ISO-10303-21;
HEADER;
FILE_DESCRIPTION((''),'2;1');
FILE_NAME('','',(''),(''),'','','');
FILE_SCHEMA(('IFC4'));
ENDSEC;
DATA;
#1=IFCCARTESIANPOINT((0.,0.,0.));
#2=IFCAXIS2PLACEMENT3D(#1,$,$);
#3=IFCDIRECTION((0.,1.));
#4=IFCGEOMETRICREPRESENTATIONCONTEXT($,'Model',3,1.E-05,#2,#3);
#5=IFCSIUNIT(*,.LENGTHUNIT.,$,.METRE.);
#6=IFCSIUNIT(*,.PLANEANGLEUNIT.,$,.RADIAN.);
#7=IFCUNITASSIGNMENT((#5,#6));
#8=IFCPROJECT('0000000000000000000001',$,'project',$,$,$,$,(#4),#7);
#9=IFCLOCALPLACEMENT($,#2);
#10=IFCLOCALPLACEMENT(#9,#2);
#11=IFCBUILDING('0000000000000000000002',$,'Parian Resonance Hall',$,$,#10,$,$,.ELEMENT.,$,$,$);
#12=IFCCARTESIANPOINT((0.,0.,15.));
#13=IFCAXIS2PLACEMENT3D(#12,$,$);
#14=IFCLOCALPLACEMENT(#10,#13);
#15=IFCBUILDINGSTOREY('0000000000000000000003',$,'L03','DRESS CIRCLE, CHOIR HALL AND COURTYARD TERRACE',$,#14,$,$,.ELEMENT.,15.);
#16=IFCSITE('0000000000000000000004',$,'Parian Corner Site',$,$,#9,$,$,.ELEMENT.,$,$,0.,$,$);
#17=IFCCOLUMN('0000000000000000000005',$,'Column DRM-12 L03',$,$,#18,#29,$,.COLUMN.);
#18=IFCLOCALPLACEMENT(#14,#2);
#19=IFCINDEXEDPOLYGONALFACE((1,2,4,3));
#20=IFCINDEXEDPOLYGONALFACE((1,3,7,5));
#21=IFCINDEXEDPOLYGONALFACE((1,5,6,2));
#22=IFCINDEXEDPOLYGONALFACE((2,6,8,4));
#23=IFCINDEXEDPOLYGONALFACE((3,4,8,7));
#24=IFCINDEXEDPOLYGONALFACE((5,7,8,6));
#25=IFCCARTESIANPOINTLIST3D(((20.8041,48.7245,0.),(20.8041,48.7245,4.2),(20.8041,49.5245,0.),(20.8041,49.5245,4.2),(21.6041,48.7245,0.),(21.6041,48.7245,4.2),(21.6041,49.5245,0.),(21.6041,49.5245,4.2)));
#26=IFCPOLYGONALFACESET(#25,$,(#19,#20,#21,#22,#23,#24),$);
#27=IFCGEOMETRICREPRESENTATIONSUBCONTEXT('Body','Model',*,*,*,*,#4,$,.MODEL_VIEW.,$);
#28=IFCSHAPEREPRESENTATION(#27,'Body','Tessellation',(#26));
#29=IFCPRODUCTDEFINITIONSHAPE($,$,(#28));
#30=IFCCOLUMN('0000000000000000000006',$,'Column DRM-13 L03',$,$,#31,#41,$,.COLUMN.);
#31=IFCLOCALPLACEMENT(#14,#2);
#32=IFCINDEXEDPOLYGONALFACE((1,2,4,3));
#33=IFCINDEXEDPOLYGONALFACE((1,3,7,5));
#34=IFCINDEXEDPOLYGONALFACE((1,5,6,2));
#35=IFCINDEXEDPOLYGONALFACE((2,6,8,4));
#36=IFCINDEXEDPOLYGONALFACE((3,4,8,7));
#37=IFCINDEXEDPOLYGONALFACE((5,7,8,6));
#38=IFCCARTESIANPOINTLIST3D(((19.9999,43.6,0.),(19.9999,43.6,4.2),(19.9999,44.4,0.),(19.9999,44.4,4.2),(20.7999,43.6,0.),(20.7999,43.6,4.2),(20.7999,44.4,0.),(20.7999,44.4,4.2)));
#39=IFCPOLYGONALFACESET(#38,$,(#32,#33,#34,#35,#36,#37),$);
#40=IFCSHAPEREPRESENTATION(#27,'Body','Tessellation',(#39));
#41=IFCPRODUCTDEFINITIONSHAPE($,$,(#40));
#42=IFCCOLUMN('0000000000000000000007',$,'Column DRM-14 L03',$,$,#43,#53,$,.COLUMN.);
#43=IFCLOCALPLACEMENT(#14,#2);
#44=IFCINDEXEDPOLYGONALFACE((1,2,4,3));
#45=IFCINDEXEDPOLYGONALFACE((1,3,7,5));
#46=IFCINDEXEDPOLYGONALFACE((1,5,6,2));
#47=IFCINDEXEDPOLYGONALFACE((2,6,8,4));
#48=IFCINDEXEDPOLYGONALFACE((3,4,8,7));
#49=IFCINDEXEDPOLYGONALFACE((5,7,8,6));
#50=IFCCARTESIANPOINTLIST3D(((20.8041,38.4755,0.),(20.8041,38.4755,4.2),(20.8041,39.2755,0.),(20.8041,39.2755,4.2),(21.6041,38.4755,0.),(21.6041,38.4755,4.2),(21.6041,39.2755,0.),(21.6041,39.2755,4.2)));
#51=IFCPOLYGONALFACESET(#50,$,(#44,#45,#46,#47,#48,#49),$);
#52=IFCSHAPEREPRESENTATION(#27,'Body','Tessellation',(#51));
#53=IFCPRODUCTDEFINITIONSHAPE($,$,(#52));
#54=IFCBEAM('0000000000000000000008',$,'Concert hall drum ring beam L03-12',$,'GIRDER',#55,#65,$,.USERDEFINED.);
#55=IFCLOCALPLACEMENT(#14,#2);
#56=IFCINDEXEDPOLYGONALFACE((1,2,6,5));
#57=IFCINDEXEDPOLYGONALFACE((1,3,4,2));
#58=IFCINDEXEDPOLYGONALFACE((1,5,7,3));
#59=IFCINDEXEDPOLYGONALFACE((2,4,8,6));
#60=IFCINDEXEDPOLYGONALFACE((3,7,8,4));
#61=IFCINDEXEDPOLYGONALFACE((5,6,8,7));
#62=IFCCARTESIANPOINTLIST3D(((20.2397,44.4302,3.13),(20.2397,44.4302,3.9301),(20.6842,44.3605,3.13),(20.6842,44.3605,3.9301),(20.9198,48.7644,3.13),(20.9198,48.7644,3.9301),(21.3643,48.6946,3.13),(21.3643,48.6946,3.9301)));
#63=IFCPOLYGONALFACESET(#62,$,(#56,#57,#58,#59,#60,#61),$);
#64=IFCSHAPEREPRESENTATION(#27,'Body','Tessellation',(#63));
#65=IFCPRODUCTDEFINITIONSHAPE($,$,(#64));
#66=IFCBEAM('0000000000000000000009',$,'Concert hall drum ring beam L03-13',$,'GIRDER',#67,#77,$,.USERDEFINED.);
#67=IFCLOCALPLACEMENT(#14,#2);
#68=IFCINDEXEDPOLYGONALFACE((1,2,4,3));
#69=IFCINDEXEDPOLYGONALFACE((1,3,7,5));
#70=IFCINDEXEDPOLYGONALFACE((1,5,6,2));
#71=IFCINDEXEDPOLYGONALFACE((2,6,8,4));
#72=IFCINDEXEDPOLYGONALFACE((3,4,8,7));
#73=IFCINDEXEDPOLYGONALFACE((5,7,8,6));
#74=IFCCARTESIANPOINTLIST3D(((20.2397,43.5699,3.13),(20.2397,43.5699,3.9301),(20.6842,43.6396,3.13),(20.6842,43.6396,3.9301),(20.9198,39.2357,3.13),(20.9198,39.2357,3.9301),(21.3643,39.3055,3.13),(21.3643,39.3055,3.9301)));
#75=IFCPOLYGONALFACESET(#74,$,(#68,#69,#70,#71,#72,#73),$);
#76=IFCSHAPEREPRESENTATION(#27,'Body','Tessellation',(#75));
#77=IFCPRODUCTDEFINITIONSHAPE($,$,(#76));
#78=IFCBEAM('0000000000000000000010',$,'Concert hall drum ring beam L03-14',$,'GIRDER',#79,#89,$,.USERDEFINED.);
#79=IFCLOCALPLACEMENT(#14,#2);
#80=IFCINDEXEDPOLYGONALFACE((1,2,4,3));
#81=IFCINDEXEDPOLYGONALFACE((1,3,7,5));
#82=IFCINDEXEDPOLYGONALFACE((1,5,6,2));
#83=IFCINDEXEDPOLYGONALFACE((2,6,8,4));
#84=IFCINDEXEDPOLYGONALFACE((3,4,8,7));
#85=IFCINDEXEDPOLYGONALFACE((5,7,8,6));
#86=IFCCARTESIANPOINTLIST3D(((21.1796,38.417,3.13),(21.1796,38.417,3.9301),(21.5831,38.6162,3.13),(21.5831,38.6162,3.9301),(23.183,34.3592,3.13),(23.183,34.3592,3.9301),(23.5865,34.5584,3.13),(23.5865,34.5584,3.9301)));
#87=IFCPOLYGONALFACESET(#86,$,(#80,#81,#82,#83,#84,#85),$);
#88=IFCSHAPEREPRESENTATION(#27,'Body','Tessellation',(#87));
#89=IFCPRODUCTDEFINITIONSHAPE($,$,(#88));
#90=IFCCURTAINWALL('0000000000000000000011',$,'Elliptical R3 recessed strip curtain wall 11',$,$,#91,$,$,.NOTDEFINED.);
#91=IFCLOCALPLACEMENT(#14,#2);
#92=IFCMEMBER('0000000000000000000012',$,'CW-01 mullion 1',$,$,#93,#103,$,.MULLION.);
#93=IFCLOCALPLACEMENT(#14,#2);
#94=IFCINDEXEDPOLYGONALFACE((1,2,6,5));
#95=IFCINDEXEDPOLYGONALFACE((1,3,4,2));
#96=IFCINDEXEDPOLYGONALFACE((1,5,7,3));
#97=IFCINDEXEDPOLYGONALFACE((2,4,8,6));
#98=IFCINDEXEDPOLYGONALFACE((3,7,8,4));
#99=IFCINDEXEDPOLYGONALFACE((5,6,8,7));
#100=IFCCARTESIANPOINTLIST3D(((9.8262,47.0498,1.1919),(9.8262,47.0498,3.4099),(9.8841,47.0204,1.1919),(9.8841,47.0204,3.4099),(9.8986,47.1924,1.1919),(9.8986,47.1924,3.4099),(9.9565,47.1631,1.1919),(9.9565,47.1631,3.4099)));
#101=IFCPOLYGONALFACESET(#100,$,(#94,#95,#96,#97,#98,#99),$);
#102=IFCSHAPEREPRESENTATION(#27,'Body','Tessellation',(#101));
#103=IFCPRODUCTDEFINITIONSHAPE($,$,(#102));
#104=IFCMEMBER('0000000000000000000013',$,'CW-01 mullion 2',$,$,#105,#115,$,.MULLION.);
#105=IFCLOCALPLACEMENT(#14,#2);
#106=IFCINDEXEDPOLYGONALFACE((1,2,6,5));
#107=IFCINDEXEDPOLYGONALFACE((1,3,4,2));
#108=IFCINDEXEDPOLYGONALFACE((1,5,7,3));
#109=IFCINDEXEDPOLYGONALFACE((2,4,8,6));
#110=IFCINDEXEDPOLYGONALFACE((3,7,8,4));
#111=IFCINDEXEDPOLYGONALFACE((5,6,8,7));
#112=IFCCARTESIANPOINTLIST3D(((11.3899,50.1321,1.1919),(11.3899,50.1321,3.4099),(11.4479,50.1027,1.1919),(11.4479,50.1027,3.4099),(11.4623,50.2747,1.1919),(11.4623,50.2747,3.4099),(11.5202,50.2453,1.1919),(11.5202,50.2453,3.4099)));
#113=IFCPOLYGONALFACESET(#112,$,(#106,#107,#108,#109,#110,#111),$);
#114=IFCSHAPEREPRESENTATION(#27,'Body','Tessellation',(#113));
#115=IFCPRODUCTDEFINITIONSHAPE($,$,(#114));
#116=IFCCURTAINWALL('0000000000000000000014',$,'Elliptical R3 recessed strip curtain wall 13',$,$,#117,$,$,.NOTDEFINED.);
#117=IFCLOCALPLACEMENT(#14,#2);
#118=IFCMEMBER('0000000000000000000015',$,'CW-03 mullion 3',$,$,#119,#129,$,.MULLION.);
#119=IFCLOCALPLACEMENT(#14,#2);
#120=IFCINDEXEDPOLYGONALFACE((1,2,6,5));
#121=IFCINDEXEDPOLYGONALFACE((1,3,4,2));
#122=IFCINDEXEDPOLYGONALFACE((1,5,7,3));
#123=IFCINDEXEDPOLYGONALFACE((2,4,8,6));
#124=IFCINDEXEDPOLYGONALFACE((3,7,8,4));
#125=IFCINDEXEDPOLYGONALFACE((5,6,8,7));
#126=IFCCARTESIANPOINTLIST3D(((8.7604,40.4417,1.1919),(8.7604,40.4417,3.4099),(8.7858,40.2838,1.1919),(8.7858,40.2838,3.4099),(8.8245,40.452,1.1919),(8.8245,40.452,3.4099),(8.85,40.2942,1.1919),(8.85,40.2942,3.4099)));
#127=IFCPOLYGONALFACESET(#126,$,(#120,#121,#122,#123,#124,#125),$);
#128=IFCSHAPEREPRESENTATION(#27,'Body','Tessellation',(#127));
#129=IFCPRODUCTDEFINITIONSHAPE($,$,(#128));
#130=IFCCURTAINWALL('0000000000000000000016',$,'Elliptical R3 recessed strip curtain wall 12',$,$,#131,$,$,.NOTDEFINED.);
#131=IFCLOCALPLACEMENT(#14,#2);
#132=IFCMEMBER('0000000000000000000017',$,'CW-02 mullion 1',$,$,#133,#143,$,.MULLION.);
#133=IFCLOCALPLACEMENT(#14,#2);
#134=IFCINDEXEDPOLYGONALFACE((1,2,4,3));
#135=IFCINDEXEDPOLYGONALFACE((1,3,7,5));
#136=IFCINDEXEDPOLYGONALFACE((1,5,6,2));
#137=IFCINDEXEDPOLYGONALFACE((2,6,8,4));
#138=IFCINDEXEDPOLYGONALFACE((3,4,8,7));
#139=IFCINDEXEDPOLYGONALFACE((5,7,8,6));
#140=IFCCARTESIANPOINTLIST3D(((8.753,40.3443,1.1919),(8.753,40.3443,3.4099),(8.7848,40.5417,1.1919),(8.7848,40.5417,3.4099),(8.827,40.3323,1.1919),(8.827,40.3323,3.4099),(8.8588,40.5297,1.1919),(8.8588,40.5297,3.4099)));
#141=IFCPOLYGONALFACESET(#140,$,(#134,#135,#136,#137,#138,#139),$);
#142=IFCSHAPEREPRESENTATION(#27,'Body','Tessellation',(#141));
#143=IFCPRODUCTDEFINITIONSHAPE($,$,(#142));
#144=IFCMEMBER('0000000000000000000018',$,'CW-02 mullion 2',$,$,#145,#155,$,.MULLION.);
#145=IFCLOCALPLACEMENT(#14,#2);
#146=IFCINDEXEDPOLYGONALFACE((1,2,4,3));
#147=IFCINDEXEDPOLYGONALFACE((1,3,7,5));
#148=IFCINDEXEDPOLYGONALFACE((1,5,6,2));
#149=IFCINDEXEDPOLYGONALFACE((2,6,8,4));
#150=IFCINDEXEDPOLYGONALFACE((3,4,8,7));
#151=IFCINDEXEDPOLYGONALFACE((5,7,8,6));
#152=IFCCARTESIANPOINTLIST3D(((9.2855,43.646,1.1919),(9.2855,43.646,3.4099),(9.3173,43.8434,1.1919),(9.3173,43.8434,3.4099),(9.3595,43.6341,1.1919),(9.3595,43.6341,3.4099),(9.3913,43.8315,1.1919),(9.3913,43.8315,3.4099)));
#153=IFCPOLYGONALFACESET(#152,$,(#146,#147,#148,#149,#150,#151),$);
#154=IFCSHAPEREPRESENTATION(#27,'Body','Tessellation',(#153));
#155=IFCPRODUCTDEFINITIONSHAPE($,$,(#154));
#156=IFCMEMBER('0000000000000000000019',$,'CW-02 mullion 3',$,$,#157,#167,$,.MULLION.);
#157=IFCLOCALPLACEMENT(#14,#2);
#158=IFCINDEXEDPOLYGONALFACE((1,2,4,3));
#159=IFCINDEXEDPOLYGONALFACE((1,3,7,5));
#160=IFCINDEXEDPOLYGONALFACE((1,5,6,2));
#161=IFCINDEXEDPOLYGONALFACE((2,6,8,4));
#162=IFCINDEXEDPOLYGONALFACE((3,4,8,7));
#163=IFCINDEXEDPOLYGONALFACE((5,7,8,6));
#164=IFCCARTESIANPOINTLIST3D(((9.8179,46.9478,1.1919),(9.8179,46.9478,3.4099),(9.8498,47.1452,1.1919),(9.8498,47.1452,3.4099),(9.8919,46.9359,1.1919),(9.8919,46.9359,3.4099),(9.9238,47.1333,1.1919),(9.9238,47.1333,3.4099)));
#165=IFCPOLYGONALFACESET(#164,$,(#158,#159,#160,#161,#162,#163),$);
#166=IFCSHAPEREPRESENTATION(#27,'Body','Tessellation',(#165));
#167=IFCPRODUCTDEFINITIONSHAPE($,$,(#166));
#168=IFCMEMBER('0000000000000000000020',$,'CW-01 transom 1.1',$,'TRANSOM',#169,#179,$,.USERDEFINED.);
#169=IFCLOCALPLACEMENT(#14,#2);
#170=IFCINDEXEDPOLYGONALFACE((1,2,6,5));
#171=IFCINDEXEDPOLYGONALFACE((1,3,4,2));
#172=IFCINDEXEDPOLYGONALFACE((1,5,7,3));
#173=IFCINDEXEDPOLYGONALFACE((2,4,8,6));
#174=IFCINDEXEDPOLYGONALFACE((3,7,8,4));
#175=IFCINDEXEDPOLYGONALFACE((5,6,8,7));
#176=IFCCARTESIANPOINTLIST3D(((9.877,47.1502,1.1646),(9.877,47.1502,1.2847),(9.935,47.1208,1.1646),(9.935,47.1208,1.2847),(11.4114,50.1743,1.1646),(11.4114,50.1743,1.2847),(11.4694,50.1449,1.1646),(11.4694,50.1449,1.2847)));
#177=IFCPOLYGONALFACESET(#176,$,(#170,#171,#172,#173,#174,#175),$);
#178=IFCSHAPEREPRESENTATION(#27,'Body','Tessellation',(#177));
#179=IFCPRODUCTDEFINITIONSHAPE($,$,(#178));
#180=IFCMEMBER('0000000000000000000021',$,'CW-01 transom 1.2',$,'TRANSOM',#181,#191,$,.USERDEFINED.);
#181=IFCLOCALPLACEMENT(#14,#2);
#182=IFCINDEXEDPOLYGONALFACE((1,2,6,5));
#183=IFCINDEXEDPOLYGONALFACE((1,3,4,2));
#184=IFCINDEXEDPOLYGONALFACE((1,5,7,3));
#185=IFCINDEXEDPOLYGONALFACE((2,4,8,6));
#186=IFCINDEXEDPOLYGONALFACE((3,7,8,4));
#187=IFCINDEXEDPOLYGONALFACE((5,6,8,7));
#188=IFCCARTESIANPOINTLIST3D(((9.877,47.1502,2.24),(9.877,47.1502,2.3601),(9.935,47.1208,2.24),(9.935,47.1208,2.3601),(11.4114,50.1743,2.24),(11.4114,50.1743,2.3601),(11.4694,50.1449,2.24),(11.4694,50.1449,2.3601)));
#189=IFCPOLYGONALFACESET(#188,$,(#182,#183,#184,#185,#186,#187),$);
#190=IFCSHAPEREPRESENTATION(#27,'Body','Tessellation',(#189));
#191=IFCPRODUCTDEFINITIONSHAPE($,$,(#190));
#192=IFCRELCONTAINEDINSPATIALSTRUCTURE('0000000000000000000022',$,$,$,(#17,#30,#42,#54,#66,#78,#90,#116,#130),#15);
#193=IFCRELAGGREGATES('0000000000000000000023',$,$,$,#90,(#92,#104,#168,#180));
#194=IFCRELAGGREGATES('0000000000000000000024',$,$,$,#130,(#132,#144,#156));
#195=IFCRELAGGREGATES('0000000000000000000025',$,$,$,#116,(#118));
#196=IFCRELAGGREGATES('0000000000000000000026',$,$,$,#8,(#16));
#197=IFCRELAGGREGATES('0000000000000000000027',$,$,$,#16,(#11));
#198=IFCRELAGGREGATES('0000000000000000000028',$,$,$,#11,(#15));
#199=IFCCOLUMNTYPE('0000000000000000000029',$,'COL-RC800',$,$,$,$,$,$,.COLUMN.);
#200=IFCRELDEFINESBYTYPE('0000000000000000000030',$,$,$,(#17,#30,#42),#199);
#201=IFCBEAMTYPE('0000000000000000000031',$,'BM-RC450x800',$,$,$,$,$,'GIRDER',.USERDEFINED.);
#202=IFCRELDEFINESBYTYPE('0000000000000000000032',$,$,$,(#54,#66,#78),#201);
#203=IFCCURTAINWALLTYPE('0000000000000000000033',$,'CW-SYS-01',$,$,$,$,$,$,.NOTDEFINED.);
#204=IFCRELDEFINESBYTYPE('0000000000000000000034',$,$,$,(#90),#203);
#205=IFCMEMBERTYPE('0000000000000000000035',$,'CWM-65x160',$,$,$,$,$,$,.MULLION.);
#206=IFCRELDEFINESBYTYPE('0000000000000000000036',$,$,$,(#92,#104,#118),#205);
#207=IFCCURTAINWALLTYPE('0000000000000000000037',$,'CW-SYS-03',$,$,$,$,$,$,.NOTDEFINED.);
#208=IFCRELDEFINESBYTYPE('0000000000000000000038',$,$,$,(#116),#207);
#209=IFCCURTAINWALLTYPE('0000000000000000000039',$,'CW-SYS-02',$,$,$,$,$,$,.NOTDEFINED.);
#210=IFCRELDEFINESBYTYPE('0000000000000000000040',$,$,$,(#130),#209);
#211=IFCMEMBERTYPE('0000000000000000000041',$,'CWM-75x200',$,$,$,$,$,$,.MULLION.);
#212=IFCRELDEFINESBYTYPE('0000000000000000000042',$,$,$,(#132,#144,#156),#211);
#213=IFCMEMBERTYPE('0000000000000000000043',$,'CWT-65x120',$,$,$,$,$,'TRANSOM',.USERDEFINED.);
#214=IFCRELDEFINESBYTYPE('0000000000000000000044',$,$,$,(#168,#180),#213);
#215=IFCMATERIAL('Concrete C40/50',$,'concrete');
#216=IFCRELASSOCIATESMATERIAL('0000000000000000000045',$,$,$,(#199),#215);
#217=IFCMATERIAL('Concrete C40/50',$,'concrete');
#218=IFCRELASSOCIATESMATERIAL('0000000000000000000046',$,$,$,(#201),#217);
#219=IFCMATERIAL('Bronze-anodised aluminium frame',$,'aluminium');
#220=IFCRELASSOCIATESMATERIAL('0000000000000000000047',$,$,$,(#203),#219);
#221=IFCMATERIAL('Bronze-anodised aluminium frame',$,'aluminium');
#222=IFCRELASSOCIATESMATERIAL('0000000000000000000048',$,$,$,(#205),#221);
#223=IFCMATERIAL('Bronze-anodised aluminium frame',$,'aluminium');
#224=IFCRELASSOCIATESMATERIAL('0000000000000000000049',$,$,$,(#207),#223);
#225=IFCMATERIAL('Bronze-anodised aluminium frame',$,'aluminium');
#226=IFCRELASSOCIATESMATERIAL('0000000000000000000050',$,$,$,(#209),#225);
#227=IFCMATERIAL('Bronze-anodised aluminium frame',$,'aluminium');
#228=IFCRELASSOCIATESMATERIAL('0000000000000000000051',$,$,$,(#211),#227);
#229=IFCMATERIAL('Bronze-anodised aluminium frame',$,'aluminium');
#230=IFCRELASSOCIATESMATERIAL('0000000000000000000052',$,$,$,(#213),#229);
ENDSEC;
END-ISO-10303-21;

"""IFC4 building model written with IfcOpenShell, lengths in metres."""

from ifc_helpers import new_model, si_unit, direction, frame, origin, origin_2d, place, context, subcontext, project, spatial, rectangle, extrude, material, material_profile, profile_set, type_object, element, aggregate, save


model = new_model("IFC4")

# Units and contexts
model_context = context("Model", 3, precision=1e-05, world=origin(), true_north=direction((0.0, 1.0)))
body_context = subcontext(model_context, "Body", "Model", "MODEL_VIEW")
ifc_project = project(units=[si_unit("LENGTHUNIT", "METRE"), si_unit("PLANEANGLEUNIT", "RADIAN")], contexts=[model_context])

# Site, building, storey
site_placement = place(None, origin())
site = spatial("IfcSite", under=ifc_project, at=site_placement, Name="Parian Corner Site", CompositionType="ELEMENT", RefElevation=0.0)
building_placement = place(site_placement, origin())
building = spatial("IfcBuilding", under=site, at=building_placement, Name="Parian Resonance Hall", CompositionType="ELEMENT")
storey_placement = place(building_placement, frame((0.0, 0.0, 15.0)))
storey = spatial("IfcBuildingStorey", under=building, at=storey_placement, Name="L03", Description="DRESS CIRCLE, CHOIR HALL AND COURTYARD TERRACE", CompositionType="ELEMENT", Elevation=15.0)

# Columns
ifc_material_1 = material(Name="Concrete C40/50", Category="concrete")
ifc_material_profile_1 = material_profile(ifc_material_1, rectangle(XDim=0.8, YDim=0.8, at=origin_2d()), Name="RC-COL-800x800")
ifc_profile_set_1 = profile_set([ifc_material_profile_1], Name="Concrete C40/50")
column_type = type_object("IfcColumnType", Name="COL-RC800", PredefinedType="COLUMN", material=ifc_profile_set_1)
for number, where, z_axis, x_axis, name in (
    (1, (21.2041, 49.1245, 0.0), (0.0, 0.0, 1.0), (1.0, 0.0, 0.0), "Column DRM-12 L03"),
    (2, (20.3999, 44.0, 0.0), (0.0, 0.0, 1.0), (1.0, 0.0, 0.0), "Column DRM-13 L03"),
    (3, (21.2041, 38.8755, 0.0), (0.0, 0.0, 1.0), (1.0, 0.0, 0.0), "Column DRM-14 L03"),
):
    element("IfcColumn", number, at=place(storey_placement, frame(where, z_axis=z_axis, x_axis=x_axis)), inside=storey, type_object=column_type, Name=name, PredefinedType="COLUMN", context=body_context, shape_type="SweptSolid", body=[
        extrude(rectangle(XDim=0.8, YDim=0.8, at=origin_2d()), origin(), (0.0, 0.0, 1.0), 4.2),
    ])

# Beams
ifc_material_2 = material(Name="Concrete C40/50", Category="concrete")
ifc_material_profile_2 = material_profile(ifc_material_2, rectangle(XDim=0.45, YDim=0.8, at=origin_2d()), Name="RC-BM-450x800")
ifc_profile_set_2 = profile_set([ifc_material_profile_2], Name="Concrete C40/50")
beam_type = type_object("IfcBeamType", Name="BM-RC450x800", ElementType="GIRDER", PredefinedType="USERDEFINED", material=ifc_profile_set_2)
for number, where, z_axis, x_axis, name in (
    (4, (21.1421, 48.7295, 3.53), (-0.155034, -0.987909, 0.0), (0.987909, -0.155034, 0.0), "Concert hall drum ring beam L03-12"),
    (5, (20.4619, 43.6047, 3.53), (0.155034, -0.987909, 0.0), (0.987909, 0.155034, 0.0), "Concert hall drum ring beam L03-13"),
):
    element("IfcBeam", number, at=place(storey_placement, frame(where, z_axis=z_axis, x_axis=x_axis)), inside=storey, type_object=beam_type, Name=name, ObjectType="GIRDER", PredefinedType="USERDEFINED", context=body_context, shape_type="SweptSolid", body=[
        extrude(rectangle(XDim=0.45, YDim=0.8, at=origin_2d()), origin(), (0.0, 0.0, 1.0), 4.3872),
    ])
beam_placement = place(storey_placement, frame((21.3813, 38.5166, 3.53), z_axis=(0.442698, -0.896671, 0.0), x_axis=(0.896671, 0.442698, 0.0)))
element("IfcBeam", 6, at=beam_placement, inside=storey, type_object=beam_type, Name="Concert hall drum ring beam L03-14", ObjectType="GIRDER", PredefinedType="USERDEFINED", context=body_context, shape_type="SweptSolid", body=[
    extrude(rectangle(XDim=0.45, YDim=0.8, at=origin_2d()), origin(), (0.0, 0.0, 1.0), 4.5254),
])

# Curtain wall, members
ifc_material_3 = material(Name="Bronze-anodised aluminium frame", Category="aluminium")
curtain_wall_type_1 = type_object("IfcCurtainWallType", Name="CW-SYS-01", PredefinedType="NOTDEFINED", material=ifc_material_3)
curtain_wall_1_placement = place(storey_placement, origin())
curtain_wall_1 = element("IfcCurtainWall", 7, at=curtain_wall_1_placement, inside=storey, type_object=curtain_wall_type_1, Name="Elliptical R3 recessed strip curtain wall 11", PredefinedType="NOTDEFINED")
ifc_material_4 = material(Name="Bronze-anodised aluminium frame", Category="aluminium")
ifc_material_profile_3 = material_profile(ifc_material_4, rectangle(XDim=0.0649, YDim=0.1599, at=origin_2d()), Name="CWM-65x160")
ifc_profile_set_3 = profile_set([ifc_material_profile_3], Name="Bronze-anodised aluminium frame")
member_type_1 = type_object("IfcMemberType", Name="CWM-65x160", PredefinedType="MULLION", material=ifc_profile_set_3)
member_1_placement = place(storey_placement, frame((9.8914, 47.1064, 1.1919), z_axis=(0.0, 0.0, 1.0), x_axis=(-0.891795, 0.45244, 0.0)))
member_1 = element("IfcMember", 8, at=member_1_placement, type_object=member_type_1, Name="CW-01 mullion 1", PredefinedType="MULLION", context=body_context, shape_type="SweptSolid", body=[
    extrude(rectangle(XDim=0.0649, YDim=0.1599, at=origin_2d()), origin(), (0.0, 0.0, 1.0), 2.218),
])
member_2_placement = place(storey_placement, frame((11.4551, 50.1887, 1.1919), z_axis=(0.0, 0.0, 1.0), x_axis=(-0.891795, 0.45244, 0.0)))
member_2 = element("IfcMember", 9, at=member_2_placement, type_object=member_type_1, Name="CW-01 mullion 2", PredefinedType="MULLION", context=body_context, shape_type="SweptSolid", body=[
    extrude(rectangle(XDim=0.0649, YDim=0.1599, at=origin_2d()), origin(), (0.0, 0.0, 1.0), 2.218),
])

# Curtain wall, member
ifc_material_5 = material(Name="Bronze-anodised aluminium frame", Category="aluminium")
curtain_wall_type_2 = type_object("IfcCurtainWallType", Name="CW-SYS-03", PredefinedType="NOTDEFINED", material=ifc_material_5)
curtain_wall_2_placement = place(storey_placement, origin())
curtain_wall_2 = element("IfcCurtainWall", 10, at=curtain_wall_2_placement, inside=storey, type_object=curtain_wall_type_2, Name="Elliptical R3 recessed strip curtain wall 13", PredefinedType="NOTDEFINED")
member_3_placement = place(storey_placement, frame((8.8052, 40.3679, 1.1919), z_axis=(0.0, 0.0, 1.0), x_axis=(-0.987248, -0.159187, 0.0)))
member_3 = element("IfcMember", 11, at=member_3_placement, type_object=member_type_1, Name="CW-03 mullion 3", PredefinedType="MULLION", context=body_context, shape_type="SweptSolid", body=[
    extrude(rectangle(XDim=0.0649, YDim=0.1599, at=origin_2d()), origin(), (0.0, 0.0, 1.0), 2.218),
])

# Curtain wall, members
ifc_material_6 = material(Name="Bronze-anodised aluminium frame", Category="aluminium")
curtain_wall_type_3 = type_object("IfcCurtainWallType", Name="CW-SYS-02", PredefinedType="NOTDEFINED", material=ifc_material_6)
curtain_wall_3_placement = place(storey_placement, origin())
curtain_wall_3 = element("IfcCurtainWall", 12, at=curtain_wall_3_placement, inside=storey, type_object=curtain_wall_type_3, Name="Elliptical R3 recessed strip curtain wall 12", PredefinedType="NOTDEFINED")
ifc_material_7 = material(Name="Bronze-anodised aluminium frame", Category="aluminium")
ifc_material_profile_4 = material_profile(ifc_material_7, rectangle(XDim=0.075, YDim=0.2, at=origin_2d()), Name="CWM-75x200")
ifc_profile_set_4 = profile_set([ifc_material_profile_4], Name="Bronze-anodised aluminium frame")
member_type_2 = type_object("IfcMemberType", Name="CWM-75x200", PredefinedType="MULLION", material=ifc_profile_set_4)
member_4_placement = place(storey_placement, frame((8.8059, 40.437, 1.1919), z_axis=(0.0, 0.0, 1.0), x_axis=(-0.987248, 0.159187, 0.0)))
member_4 = element("IfcMember", 13, at=member_4_placement, type_object=member_type_2, Name="CW-02 mullion 1", PredefinedType="MULLION", context=body_context, shape_type="SweptSolid", body=[
    extrude(rectangle(XDim=0.075, YDim=0.2, at=origin_2d()), origin(), (0.0, 0.0, 1.0), 2.218),
])
member_5_placement = place(storey_placement, frame((9.3384, 43.7388, 1.1919), z_axis=(0.0, 0.0, 1.0), x_axis=(-0.987248, 0.159187, 0.0)))
member_5 = element("IfcMember", 14, at=member_5_placement, type_object=member_type_2, Name="CW-02 mullion 2", PredefinedType="MULLION", context=body_context, shape_type="SweptSolid", body=[
    extrude(rectangle(XDim=0.075, YDim=0.2, at=origin_2d()), origin(), (0.0, 0.0, 1.0), 2.218),
])
member_6_placement = place(storey_placement, frame((9.8708, 47.0405, 1.1919), z_axis=(0.0, 0.0, 1.0), x_axis=(-0.987248, 0.159187, 0.0)))
member_6 = element("IfcMember", 15, at=member_6_placement, type_object=member_type_2, Name="CW-02 mullion 3", PredefinedType="MULLION", context=body_context, shape_type="SweptSolid", body=[
    extrude(rectangle(XDim=0.075, YDim=0.2, at=origin_2d()), origin(), (0.0, 0.0, 1.0), 2.218),
])

# Members
ifc_material_8 = material(Name="Bronze-anodised aluminium frame", Category="aluminium")
ifc_material_profile_5 = material_profile(ifc_material_8, rectangle(XDim=0.0649, YDim=0.1201, at=origin_2d()), Name="CWT-65x120")
ifc_profile_set_5 = profile_set([ifc_material_profile_5], Name="Bronze-anodised aluminium frame")
member_type_3 = type_object("IfcMemberType", Name="CWT-65x120", ElementType="TRANSOM", PredefinedType="USERDEFINED", material=ifc_profile_set_5)
member_7_placement = place(storey_placement, frame((9.906, 47.1355, 1.2246), z_axis=(0.452476, 0.891777, 0.0), x_axis=(-0.891777, 0.452476, 0.0)))
member_7 = element("IfcMember", 16, at=member_7_placement, type_object=member_type_3, Name="CW-01 transom 1.1", ObjectType="TRANSOM", PredefinedType="USERDEFINED", context=body_context, shape_type="SweptSolid", body=[
    extrude(rectangle(XDim=0.0649, YDim=0.1201, at=origin_2d()), origin(), (0.0, 0.0, 1.0), 3.3911),
])
member_8_placement = place(storey_placement, frame((9.906, 47.1355, 2.3), z_axis=(0.452476, 0.891777, 0.0), x_axis=(-0.891777, 0.452476, 0.0)))
member_8 = element("IfcMember", 17, at=member_8_placement, type_object=member_type_3, Name="CW-01 transom 1.2", ObjectType="TRANSOM", PredefinedType="USERDEFINED", context=body_context, shape_type="SweptSolid", body=[
    extrude(rectangle(XDim=0.0649, YDim=0.1201, at=origin_2d()), origin(), (0.0, 0.0, 1.0), 3.3911),
])

aggregate(curtain_wall_1, [member_1, member_2, member_7, member_8])
aggregate(curtain_wall_3, [member_4, member_5, member_6])
aggregate(curtain_wall_2, [member_3])

save(model, "model.ifc")
